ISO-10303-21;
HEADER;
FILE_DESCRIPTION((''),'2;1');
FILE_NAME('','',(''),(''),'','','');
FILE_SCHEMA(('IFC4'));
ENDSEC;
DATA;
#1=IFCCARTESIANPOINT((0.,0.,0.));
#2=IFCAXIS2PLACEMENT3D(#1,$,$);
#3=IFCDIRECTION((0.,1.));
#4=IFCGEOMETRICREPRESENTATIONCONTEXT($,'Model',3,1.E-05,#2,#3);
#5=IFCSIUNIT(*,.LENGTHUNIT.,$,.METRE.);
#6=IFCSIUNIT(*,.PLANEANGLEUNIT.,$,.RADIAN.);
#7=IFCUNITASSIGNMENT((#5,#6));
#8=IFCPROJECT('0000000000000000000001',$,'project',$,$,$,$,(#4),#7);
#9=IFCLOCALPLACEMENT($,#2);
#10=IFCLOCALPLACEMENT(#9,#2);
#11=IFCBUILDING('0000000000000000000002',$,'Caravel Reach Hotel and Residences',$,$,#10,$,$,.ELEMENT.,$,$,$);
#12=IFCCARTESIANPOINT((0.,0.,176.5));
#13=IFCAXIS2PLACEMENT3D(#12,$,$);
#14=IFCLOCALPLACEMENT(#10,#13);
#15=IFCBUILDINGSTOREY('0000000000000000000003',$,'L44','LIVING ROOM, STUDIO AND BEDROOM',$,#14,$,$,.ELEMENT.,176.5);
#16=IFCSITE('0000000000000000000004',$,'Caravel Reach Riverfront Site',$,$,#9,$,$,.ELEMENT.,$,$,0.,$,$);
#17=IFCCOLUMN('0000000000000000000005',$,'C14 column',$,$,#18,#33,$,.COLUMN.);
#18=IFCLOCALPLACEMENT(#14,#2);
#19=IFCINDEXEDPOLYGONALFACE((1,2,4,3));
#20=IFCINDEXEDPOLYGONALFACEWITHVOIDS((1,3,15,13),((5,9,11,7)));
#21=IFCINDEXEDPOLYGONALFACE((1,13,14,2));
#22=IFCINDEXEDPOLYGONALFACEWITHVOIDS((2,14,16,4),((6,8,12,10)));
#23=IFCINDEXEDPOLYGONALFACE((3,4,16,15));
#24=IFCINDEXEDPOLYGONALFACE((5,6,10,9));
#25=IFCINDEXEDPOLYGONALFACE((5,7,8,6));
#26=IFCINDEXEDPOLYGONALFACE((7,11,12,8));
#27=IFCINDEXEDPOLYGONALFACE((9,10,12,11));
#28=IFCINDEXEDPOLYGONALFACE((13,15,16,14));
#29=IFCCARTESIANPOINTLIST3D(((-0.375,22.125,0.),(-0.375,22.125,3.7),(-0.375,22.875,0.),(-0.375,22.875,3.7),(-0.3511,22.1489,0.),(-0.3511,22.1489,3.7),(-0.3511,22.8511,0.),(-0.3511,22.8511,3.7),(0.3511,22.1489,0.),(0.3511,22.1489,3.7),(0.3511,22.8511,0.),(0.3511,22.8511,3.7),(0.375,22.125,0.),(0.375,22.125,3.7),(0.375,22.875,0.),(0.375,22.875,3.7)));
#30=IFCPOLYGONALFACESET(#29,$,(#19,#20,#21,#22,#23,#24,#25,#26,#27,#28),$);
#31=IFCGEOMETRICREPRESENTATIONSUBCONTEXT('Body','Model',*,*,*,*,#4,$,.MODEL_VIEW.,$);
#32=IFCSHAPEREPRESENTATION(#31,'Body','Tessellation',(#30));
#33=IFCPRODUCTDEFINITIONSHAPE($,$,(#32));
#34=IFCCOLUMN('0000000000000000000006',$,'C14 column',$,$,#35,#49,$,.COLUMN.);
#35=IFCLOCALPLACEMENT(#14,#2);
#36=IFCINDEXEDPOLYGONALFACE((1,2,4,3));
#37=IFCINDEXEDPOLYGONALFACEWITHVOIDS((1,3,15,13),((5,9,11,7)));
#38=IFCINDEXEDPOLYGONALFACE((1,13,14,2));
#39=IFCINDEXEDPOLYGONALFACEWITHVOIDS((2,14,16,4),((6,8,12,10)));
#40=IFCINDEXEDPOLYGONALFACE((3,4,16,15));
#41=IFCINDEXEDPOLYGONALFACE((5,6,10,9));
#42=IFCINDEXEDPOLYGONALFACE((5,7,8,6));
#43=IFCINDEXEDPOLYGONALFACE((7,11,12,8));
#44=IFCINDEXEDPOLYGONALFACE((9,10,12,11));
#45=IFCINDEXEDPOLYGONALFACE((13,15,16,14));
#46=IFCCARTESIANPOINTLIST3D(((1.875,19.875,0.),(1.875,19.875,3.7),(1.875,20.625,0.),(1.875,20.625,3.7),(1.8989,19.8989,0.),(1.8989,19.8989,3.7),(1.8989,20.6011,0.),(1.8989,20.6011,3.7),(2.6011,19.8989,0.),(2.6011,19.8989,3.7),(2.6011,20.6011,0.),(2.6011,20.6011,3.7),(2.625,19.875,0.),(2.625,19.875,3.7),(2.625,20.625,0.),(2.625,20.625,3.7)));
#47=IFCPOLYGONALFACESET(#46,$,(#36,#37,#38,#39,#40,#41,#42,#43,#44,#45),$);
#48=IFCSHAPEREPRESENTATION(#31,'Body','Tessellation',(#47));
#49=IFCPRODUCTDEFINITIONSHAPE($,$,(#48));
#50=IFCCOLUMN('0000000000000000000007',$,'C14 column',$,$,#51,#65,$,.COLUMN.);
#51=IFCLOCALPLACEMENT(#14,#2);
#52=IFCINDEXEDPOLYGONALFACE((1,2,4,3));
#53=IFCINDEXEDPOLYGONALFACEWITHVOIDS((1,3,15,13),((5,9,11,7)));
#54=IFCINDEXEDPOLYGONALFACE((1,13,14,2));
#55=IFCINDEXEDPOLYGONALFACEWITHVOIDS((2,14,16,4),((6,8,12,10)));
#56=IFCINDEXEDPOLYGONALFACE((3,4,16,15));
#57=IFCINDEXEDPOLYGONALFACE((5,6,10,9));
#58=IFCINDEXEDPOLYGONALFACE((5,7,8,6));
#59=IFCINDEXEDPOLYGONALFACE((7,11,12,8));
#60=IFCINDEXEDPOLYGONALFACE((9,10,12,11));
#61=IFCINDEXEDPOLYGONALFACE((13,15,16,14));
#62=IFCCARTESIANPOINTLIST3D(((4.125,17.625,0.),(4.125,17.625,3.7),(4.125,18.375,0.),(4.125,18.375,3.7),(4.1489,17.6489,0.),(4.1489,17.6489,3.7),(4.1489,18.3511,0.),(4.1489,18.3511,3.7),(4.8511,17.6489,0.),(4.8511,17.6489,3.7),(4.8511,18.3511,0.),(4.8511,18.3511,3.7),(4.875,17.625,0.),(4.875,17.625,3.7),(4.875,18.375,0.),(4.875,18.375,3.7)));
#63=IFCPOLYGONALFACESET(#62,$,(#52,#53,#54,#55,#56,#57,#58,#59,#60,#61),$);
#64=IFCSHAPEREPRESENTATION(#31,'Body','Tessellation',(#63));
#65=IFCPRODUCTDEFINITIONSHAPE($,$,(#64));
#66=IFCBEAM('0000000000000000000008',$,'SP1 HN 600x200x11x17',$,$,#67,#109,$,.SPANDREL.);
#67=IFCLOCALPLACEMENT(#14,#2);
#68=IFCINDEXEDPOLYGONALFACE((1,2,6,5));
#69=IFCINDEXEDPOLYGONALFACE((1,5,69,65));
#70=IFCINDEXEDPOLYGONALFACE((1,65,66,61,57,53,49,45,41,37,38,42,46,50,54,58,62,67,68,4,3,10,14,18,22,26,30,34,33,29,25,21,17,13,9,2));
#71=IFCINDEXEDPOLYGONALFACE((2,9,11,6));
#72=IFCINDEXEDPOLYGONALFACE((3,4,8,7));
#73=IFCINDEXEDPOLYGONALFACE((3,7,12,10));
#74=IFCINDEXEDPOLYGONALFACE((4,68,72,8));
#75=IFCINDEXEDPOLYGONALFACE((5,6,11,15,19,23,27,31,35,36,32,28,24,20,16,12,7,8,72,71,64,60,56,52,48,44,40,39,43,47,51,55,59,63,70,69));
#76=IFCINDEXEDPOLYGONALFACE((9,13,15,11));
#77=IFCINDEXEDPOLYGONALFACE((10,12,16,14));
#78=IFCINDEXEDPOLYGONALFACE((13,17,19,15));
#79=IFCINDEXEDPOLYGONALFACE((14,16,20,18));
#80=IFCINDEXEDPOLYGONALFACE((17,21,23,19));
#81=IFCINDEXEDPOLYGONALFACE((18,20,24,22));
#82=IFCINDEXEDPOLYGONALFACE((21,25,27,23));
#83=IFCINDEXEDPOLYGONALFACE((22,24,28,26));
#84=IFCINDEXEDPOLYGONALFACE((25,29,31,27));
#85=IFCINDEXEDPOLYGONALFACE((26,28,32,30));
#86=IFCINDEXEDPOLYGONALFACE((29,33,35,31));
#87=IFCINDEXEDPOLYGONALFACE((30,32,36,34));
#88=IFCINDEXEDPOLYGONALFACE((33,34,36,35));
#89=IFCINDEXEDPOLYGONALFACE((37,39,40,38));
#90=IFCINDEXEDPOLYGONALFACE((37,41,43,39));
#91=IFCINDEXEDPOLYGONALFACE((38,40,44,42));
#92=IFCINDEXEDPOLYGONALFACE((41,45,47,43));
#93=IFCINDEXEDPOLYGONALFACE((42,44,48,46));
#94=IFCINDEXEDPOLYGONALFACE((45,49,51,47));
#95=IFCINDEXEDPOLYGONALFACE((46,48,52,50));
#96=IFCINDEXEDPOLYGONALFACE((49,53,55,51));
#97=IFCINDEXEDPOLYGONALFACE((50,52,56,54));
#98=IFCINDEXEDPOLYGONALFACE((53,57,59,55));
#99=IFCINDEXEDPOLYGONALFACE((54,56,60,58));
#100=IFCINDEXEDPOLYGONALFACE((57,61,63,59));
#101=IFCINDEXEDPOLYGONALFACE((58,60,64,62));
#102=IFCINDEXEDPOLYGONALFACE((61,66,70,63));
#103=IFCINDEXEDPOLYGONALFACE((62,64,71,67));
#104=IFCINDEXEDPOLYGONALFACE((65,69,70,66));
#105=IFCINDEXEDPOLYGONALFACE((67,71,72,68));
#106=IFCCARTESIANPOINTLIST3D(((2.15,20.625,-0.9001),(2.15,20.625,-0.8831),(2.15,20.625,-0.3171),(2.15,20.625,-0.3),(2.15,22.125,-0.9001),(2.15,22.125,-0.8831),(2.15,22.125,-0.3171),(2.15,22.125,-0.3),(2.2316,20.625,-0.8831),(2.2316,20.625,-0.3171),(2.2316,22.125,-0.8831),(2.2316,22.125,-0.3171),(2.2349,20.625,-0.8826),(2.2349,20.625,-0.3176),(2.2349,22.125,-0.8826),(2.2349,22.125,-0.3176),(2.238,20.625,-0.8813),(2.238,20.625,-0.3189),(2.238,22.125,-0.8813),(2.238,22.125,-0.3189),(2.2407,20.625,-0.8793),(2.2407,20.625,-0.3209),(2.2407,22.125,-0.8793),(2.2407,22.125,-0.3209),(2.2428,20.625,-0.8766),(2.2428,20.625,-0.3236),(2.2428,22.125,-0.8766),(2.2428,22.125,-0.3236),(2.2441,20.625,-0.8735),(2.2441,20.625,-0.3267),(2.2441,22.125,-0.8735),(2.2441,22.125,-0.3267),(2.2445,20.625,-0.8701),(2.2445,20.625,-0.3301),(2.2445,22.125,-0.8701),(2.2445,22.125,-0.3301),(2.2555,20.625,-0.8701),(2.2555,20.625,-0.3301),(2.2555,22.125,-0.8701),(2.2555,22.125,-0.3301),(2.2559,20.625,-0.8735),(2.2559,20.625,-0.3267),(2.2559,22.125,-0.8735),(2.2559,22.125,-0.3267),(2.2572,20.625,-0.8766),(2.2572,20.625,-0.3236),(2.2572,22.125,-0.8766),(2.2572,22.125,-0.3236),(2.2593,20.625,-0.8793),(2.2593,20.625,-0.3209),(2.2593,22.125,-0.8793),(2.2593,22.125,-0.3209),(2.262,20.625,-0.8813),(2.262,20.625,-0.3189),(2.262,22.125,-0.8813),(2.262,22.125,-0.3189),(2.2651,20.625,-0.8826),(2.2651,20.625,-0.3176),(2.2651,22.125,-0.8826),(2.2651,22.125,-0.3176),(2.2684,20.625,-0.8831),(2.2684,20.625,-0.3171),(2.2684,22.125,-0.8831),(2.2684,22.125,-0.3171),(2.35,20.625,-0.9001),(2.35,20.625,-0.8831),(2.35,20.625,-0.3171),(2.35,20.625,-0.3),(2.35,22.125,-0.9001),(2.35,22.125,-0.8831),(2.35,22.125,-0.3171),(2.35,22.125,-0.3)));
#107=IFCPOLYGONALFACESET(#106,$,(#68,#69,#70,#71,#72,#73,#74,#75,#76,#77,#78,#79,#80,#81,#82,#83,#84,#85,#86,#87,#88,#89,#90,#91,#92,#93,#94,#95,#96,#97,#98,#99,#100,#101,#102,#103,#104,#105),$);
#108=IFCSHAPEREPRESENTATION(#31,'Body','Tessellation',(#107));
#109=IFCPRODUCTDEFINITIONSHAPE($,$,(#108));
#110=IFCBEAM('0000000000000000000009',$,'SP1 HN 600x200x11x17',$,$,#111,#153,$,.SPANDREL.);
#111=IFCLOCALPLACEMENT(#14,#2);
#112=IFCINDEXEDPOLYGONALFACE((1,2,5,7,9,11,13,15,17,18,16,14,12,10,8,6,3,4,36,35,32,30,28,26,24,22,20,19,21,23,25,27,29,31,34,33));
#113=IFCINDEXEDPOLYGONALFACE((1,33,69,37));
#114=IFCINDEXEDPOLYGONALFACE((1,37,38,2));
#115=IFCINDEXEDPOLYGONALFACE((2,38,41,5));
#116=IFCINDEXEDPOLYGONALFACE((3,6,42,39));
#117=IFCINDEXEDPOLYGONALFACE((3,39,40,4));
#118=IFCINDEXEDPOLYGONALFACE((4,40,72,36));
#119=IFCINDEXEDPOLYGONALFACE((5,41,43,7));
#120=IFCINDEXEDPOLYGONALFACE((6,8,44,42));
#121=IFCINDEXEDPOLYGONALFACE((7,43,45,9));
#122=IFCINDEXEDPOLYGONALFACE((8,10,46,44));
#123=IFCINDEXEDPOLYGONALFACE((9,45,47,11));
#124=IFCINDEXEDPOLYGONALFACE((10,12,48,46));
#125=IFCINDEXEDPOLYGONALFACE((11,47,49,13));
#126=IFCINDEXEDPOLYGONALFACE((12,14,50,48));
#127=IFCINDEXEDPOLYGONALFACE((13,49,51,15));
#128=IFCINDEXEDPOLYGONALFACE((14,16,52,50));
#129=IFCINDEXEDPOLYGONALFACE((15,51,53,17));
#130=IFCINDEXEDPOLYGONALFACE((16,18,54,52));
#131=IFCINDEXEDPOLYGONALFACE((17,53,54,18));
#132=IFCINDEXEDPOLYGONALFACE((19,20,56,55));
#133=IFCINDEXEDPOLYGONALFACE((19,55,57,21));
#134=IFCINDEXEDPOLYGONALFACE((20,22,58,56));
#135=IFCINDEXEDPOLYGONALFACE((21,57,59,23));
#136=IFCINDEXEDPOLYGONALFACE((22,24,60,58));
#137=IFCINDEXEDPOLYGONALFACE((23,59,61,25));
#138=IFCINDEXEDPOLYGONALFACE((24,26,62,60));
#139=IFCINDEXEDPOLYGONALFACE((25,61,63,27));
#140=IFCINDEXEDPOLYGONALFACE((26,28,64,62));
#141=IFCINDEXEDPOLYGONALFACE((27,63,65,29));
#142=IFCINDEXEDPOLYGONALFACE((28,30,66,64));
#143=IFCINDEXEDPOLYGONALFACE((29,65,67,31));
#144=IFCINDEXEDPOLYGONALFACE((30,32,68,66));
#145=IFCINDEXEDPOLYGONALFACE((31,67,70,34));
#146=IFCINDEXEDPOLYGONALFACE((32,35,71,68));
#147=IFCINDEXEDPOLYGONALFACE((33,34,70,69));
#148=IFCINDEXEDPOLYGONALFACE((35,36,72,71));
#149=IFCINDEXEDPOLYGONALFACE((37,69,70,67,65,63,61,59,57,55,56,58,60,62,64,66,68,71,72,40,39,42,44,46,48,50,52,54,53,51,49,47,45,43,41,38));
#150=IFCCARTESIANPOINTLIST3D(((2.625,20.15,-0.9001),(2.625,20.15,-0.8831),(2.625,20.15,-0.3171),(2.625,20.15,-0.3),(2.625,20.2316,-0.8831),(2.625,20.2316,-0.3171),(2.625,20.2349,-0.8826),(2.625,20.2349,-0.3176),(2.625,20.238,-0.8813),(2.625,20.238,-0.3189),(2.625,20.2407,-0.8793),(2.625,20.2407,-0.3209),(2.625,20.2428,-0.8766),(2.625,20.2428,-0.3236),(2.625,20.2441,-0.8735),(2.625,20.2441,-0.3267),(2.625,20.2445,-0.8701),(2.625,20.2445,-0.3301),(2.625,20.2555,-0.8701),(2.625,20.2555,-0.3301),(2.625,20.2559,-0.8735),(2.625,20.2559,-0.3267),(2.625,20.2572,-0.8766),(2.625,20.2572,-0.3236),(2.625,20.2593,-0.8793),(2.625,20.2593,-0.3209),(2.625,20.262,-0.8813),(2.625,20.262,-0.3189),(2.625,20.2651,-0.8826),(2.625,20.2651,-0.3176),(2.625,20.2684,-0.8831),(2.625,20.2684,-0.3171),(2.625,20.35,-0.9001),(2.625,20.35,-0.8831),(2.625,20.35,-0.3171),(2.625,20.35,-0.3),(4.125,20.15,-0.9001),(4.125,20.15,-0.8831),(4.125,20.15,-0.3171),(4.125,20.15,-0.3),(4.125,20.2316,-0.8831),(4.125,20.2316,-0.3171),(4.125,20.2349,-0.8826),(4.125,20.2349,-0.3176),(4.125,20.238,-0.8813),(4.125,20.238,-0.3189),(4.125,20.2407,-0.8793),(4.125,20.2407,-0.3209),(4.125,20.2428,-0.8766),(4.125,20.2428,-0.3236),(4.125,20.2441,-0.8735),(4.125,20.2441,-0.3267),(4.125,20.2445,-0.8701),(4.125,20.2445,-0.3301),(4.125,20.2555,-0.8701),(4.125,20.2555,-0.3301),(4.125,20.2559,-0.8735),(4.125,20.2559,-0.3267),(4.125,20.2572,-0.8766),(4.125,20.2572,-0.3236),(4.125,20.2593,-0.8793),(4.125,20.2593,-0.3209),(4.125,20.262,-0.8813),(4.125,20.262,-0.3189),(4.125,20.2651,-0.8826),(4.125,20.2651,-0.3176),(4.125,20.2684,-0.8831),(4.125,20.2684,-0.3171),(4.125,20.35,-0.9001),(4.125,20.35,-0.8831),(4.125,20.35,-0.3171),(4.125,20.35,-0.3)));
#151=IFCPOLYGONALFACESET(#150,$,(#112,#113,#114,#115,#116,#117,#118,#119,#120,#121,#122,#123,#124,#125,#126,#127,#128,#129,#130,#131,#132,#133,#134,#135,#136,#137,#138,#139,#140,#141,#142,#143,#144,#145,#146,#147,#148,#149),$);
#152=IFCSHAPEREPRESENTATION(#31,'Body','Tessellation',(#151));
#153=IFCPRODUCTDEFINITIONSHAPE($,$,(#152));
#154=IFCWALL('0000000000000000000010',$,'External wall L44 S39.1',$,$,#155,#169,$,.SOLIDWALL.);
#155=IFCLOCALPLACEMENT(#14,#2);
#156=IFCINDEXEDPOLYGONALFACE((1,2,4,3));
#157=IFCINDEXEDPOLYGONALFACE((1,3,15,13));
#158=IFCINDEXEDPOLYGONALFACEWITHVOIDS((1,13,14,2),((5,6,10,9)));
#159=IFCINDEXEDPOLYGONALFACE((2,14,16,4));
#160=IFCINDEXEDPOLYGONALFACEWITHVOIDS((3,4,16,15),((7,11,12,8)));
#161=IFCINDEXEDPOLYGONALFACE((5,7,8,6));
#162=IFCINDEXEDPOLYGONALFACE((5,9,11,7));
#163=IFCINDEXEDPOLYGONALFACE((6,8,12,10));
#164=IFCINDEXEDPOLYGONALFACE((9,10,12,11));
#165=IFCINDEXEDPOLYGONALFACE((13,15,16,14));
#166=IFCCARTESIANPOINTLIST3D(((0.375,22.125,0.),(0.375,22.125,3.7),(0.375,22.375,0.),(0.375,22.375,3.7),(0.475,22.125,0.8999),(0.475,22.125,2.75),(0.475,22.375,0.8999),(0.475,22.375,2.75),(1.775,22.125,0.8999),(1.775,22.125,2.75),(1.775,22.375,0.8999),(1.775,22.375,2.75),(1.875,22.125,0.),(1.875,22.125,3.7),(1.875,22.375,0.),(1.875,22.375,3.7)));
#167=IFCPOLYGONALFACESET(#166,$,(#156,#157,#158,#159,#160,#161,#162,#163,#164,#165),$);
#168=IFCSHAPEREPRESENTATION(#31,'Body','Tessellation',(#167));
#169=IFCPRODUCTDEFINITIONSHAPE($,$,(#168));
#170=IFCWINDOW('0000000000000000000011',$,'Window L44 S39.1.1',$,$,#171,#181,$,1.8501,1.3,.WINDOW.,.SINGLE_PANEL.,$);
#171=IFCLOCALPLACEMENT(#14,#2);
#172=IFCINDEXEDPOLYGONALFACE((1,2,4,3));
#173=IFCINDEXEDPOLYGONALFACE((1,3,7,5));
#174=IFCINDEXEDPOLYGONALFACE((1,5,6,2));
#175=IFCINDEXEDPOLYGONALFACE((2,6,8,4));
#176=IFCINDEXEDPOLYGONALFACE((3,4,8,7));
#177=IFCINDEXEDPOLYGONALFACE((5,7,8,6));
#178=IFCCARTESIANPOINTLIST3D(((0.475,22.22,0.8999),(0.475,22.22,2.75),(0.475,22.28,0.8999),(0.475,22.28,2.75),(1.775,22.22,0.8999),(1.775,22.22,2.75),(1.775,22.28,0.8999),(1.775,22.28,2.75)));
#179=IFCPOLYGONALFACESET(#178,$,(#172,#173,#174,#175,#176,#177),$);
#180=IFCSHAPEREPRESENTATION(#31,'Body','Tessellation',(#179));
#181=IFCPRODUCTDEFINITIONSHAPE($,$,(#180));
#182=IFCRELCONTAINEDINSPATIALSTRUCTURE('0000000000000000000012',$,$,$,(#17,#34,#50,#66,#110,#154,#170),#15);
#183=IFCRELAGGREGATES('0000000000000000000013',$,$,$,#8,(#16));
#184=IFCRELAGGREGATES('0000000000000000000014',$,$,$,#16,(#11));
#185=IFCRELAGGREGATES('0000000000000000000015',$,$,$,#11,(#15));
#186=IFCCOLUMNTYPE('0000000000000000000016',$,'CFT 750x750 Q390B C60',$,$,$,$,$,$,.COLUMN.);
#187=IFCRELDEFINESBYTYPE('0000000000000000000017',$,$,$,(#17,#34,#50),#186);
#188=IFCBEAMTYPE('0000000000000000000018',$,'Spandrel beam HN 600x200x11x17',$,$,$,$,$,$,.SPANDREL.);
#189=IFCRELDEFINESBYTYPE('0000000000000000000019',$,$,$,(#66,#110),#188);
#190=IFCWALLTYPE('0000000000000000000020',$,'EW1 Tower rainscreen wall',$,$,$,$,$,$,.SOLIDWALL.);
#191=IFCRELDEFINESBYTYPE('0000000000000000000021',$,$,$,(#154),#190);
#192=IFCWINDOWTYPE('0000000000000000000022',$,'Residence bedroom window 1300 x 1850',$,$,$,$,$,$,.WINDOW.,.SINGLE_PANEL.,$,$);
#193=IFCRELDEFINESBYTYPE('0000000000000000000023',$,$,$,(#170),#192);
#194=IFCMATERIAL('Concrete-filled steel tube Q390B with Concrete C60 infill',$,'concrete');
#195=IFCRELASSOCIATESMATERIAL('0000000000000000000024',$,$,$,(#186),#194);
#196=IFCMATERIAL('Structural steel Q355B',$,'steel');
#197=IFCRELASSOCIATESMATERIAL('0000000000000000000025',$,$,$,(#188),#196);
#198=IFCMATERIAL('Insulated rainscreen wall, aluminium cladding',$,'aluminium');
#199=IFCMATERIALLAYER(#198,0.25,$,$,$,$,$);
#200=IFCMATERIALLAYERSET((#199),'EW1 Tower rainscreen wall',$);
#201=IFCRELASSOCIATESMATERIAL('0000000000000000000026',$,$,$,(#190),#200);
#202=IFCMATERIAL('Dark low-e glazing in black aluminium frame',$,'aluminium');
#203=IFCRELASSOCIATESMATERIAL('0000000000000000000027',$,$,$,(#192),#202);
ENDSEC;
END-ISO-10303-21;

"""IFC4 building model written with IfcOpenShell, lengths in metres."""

from ifc_helpers import new_model, si_unit, direction, frame, frame_2d, origin, origin_2d, place, context, subcontext, project, spatial, rectangle, hollow_rectangle, i_section, extrude, material, layer, layer_set, material_profile, profile_set, type_object, element, fill, save


model = new_model("IFC4")

# Units and contexts
model_context = context("Model", 3, precision=1e-05, world=origin(), true_north=direction((0.0, 1.0)))
body_context = subcontext(model_context, "Body", "Model", "MODEL_VIEW")
ifc_project = project(units=[si_unit("LENGTHUNIT", "METRE"), si_unit("PLANEANGLEUNIT", "RADIAN")], contexts=[model_context])

# Site, building, storey
site_placement = place(None, origin())
site = spatial("IfcSite", under=ifc_project, at=site_placement, Name="Caravel Reach Riverfront Site", CompositionType="ELEMENT", RefElevation=0.0)
building_placement = place(site_placement, origin())
building = spatial("IfcBuilding", under=site, at=building_placement, Name="Caravel Reach Hotel and Residences", CompositionType="ELEMENT")
storey_placement = place(building_placement, frame((0.0, 0.0, 176.5)))
storey = spatial("IfcBuildingStorey", under=building, at=storey_placement, Name="L44", Description="LIVING ROOM, STUDIO AND BEDROOM", CompositionType="ELEMENT", Elevation=176.5)

# Columns
ifc_material_1 = material(Name="Concrete-filled steel tube Q390B with Concrete C60 infill", Category="concrete")
ifc_material_profile_1 = material_profile(ifc_material_1, hollow_rectangle(XDim=0.75, YDim=0.75, WallThickness=0.0239, at=origin_2d()), Name="RHS 750x750x24")
ifc_profile_set_1 = profile_set([ifc_material_profile_1], Name="Concrete-filled steel tube Q390B with Concrete C60 infill")
column_type = type_object("IfcColumnType", Name="CFT 750x750 Q390B C60", PredefinedType="COLUMN", material=ifc_profile_set_1)
for number, where, z_axis, x_axis, name in (
    (1, (0.0, 22.5, 0.0), (0.0, 0.0, 1.0), (1.0, 0.0, 0.0), "C14 column"),
    (2, (2.25, 20.25, 0.0), (0.0, 0.0, 1.0), (1.0, 0.0, 0.0), "C14 column"),
    (3, (4.5, 18.0, 0.0), (0.0, 0.0, 1.0), (1.0, 0.0, 0.0), "C14 column"),
):
    element("IfcColumn", number, at=place(storey_placement, frame(where, z_axis=z_axis, x_axis=x_axis)), inside=storey, type_object=column_type, Name=name, PredefinedType="COLUMN", context=body_context, shape_type="SweptSolid", body=[
        extrude(hollow_rectangle(XDim=0.75, YDim=0.75, WallThickness=0.0239, at=origin_2d()), origin(), (0.0, 0.0, 1.0), 3.7),
    ])

# Beams
ifc_material_2 = material(Name="Structural steel Q355B", Category="steel")
ifc_material_profile_2 = material_profile(ifc_material_2, i_section(OverallWidth=0.2, OverallDepth=0.6001, WebThickness=0.011, FlangeThickness=0.0171, FilletRadius=0.0129, at=origin_2d()), Name="HN 600x200x11x17")
ifc_profile_set_2 = profile_set([ifc_material_profile_2], Name="Structural steel Q355B")
beam_type = type_object("IfcBeamType", Name="Spandrel beam HN 600x200x11x17", PredefinedType="SPANDREL", material=ifc_profile_set_2)
for number, where, z_axis, x_axis, name in (
    (4, (2.25, 22.125, -0.6001), (0.0, -1.0, 0.0), (1.0, 0.0, 0.0), "SP1 HN 600x200x11x17"),
    (5, (2.625, 20.25, -0.6001), (1.0, 0.0, 0.0), (0.0, 1.0, 0.0), "SP1 HN 600x200x11x17"),
):
    element("IfcBeam", number, at=place(storey_placement, frame(where, z_axis=z_axis, x_axis=x_axis)), inside=storey, type_object=beam_type, Name=name, PredefinedType="SPANDREL", context=body_context, shape_type="SweptSolid", body=[
        extrude(i_section(OverallWidth=0.2, OverallDepth=0.6001, WebThickness=0.011, FlangeThickness=0.0171, FilletRadius=0.0129, at=origin_2d()), origin(), (0.0, 0.0, 1.0), 1.5),
    ])

# Wall, opening, window
ifc_material_3 = material(Name="Insulated rainscreen wall, aluminium cladding", Category="aluminium")
ifc_layer = layer(ifc_material_3, 0.25)
ifc_layer_set = layer_set([ifc_layer], Name="EW1 Tower rainscreen wall")
wall_type = type_object("IfcWallType", Name="EW1 Tower rainscreen wall", PredefinedType="SOLIDWALL", material=ifc_layer_set)
wall_1_placement = place(storey_placement, frame((0.375, 22.25, 0.0), z_axis=(0.0, 0.0, 1.0), x_axis=(1.0, 0.0, 0.0)))
wall_1 = element("IfcWall", 6, at=wall_1_placement, inside=storey, type_object=wall_type, Name="External wall L44 S39.1", PredefinedType="SOLIDWALL", context=body_context, shape_type="SweptSolid", body=[
    extrude(rectangle(XDim=1.5, YDim=0.25, at=frame_2d((0.75, 0.0))), origin(), (0.0, 0.0, 1.0), 3.7),
])
opening_1_placement = place(wall_1_placement, frame((0.1001, 0.0, 0.8999)))
opening_1 = element("IfcOpeningElement", 7, at=opening_1_placement, cuts=wall_1, PredefinedType="OPENING", context=body_context, shape_type="SweptSolid", body=[
    extrude(rectangle(XDim=1.3, YDim=1.8501, at=frame_2d((0.6499, 0.925))), frame((0.0, 0.135, 0.0), z_axis=(0.0, -1.0, 0.0), x_axis=(1.0, 0.0, 0.0)), (0.0, 0.0, 1.0), 0.27),
])
ifc_material_4 = material(Name="Dark low-e glazing in black aluminium frame", Category="aluminium")
window_type = type_object("IfcWindowType", Name="Residence bedroom window 1300 x 1850", PartitioningType="SINGLE_PANEL", PredefinedType="WINDOW", material=ifc_material_4)
window_1_placement = place(opening_1_placement, origin())
window_1 = element("IfcWindow", 8, at=window_1_placement, inside=storey, type_object=window_type, Name="Window L44 S39.1.1", OverallHeight=1.8501, OverallWidth=1.3, PartitioningType="SINGLE_PANEL", PredefinedType="WINDOW", context=body_context, shape_type="SweptSolid", body=[
    extrude(rectangle(XDim=1.3, YDim=1.8501, at=frame_2d((0.6499, 0.925))), frame((0.0, 0.03, 0.0), z_axis=(0.0, -1.0, 0.0), x_axis=(1.0, 0.0, 0.0)), (0.0, 0.0, 1.0), 0.0601),
])
fill(opening_1, window_1)

save(model, "model.ifc")
